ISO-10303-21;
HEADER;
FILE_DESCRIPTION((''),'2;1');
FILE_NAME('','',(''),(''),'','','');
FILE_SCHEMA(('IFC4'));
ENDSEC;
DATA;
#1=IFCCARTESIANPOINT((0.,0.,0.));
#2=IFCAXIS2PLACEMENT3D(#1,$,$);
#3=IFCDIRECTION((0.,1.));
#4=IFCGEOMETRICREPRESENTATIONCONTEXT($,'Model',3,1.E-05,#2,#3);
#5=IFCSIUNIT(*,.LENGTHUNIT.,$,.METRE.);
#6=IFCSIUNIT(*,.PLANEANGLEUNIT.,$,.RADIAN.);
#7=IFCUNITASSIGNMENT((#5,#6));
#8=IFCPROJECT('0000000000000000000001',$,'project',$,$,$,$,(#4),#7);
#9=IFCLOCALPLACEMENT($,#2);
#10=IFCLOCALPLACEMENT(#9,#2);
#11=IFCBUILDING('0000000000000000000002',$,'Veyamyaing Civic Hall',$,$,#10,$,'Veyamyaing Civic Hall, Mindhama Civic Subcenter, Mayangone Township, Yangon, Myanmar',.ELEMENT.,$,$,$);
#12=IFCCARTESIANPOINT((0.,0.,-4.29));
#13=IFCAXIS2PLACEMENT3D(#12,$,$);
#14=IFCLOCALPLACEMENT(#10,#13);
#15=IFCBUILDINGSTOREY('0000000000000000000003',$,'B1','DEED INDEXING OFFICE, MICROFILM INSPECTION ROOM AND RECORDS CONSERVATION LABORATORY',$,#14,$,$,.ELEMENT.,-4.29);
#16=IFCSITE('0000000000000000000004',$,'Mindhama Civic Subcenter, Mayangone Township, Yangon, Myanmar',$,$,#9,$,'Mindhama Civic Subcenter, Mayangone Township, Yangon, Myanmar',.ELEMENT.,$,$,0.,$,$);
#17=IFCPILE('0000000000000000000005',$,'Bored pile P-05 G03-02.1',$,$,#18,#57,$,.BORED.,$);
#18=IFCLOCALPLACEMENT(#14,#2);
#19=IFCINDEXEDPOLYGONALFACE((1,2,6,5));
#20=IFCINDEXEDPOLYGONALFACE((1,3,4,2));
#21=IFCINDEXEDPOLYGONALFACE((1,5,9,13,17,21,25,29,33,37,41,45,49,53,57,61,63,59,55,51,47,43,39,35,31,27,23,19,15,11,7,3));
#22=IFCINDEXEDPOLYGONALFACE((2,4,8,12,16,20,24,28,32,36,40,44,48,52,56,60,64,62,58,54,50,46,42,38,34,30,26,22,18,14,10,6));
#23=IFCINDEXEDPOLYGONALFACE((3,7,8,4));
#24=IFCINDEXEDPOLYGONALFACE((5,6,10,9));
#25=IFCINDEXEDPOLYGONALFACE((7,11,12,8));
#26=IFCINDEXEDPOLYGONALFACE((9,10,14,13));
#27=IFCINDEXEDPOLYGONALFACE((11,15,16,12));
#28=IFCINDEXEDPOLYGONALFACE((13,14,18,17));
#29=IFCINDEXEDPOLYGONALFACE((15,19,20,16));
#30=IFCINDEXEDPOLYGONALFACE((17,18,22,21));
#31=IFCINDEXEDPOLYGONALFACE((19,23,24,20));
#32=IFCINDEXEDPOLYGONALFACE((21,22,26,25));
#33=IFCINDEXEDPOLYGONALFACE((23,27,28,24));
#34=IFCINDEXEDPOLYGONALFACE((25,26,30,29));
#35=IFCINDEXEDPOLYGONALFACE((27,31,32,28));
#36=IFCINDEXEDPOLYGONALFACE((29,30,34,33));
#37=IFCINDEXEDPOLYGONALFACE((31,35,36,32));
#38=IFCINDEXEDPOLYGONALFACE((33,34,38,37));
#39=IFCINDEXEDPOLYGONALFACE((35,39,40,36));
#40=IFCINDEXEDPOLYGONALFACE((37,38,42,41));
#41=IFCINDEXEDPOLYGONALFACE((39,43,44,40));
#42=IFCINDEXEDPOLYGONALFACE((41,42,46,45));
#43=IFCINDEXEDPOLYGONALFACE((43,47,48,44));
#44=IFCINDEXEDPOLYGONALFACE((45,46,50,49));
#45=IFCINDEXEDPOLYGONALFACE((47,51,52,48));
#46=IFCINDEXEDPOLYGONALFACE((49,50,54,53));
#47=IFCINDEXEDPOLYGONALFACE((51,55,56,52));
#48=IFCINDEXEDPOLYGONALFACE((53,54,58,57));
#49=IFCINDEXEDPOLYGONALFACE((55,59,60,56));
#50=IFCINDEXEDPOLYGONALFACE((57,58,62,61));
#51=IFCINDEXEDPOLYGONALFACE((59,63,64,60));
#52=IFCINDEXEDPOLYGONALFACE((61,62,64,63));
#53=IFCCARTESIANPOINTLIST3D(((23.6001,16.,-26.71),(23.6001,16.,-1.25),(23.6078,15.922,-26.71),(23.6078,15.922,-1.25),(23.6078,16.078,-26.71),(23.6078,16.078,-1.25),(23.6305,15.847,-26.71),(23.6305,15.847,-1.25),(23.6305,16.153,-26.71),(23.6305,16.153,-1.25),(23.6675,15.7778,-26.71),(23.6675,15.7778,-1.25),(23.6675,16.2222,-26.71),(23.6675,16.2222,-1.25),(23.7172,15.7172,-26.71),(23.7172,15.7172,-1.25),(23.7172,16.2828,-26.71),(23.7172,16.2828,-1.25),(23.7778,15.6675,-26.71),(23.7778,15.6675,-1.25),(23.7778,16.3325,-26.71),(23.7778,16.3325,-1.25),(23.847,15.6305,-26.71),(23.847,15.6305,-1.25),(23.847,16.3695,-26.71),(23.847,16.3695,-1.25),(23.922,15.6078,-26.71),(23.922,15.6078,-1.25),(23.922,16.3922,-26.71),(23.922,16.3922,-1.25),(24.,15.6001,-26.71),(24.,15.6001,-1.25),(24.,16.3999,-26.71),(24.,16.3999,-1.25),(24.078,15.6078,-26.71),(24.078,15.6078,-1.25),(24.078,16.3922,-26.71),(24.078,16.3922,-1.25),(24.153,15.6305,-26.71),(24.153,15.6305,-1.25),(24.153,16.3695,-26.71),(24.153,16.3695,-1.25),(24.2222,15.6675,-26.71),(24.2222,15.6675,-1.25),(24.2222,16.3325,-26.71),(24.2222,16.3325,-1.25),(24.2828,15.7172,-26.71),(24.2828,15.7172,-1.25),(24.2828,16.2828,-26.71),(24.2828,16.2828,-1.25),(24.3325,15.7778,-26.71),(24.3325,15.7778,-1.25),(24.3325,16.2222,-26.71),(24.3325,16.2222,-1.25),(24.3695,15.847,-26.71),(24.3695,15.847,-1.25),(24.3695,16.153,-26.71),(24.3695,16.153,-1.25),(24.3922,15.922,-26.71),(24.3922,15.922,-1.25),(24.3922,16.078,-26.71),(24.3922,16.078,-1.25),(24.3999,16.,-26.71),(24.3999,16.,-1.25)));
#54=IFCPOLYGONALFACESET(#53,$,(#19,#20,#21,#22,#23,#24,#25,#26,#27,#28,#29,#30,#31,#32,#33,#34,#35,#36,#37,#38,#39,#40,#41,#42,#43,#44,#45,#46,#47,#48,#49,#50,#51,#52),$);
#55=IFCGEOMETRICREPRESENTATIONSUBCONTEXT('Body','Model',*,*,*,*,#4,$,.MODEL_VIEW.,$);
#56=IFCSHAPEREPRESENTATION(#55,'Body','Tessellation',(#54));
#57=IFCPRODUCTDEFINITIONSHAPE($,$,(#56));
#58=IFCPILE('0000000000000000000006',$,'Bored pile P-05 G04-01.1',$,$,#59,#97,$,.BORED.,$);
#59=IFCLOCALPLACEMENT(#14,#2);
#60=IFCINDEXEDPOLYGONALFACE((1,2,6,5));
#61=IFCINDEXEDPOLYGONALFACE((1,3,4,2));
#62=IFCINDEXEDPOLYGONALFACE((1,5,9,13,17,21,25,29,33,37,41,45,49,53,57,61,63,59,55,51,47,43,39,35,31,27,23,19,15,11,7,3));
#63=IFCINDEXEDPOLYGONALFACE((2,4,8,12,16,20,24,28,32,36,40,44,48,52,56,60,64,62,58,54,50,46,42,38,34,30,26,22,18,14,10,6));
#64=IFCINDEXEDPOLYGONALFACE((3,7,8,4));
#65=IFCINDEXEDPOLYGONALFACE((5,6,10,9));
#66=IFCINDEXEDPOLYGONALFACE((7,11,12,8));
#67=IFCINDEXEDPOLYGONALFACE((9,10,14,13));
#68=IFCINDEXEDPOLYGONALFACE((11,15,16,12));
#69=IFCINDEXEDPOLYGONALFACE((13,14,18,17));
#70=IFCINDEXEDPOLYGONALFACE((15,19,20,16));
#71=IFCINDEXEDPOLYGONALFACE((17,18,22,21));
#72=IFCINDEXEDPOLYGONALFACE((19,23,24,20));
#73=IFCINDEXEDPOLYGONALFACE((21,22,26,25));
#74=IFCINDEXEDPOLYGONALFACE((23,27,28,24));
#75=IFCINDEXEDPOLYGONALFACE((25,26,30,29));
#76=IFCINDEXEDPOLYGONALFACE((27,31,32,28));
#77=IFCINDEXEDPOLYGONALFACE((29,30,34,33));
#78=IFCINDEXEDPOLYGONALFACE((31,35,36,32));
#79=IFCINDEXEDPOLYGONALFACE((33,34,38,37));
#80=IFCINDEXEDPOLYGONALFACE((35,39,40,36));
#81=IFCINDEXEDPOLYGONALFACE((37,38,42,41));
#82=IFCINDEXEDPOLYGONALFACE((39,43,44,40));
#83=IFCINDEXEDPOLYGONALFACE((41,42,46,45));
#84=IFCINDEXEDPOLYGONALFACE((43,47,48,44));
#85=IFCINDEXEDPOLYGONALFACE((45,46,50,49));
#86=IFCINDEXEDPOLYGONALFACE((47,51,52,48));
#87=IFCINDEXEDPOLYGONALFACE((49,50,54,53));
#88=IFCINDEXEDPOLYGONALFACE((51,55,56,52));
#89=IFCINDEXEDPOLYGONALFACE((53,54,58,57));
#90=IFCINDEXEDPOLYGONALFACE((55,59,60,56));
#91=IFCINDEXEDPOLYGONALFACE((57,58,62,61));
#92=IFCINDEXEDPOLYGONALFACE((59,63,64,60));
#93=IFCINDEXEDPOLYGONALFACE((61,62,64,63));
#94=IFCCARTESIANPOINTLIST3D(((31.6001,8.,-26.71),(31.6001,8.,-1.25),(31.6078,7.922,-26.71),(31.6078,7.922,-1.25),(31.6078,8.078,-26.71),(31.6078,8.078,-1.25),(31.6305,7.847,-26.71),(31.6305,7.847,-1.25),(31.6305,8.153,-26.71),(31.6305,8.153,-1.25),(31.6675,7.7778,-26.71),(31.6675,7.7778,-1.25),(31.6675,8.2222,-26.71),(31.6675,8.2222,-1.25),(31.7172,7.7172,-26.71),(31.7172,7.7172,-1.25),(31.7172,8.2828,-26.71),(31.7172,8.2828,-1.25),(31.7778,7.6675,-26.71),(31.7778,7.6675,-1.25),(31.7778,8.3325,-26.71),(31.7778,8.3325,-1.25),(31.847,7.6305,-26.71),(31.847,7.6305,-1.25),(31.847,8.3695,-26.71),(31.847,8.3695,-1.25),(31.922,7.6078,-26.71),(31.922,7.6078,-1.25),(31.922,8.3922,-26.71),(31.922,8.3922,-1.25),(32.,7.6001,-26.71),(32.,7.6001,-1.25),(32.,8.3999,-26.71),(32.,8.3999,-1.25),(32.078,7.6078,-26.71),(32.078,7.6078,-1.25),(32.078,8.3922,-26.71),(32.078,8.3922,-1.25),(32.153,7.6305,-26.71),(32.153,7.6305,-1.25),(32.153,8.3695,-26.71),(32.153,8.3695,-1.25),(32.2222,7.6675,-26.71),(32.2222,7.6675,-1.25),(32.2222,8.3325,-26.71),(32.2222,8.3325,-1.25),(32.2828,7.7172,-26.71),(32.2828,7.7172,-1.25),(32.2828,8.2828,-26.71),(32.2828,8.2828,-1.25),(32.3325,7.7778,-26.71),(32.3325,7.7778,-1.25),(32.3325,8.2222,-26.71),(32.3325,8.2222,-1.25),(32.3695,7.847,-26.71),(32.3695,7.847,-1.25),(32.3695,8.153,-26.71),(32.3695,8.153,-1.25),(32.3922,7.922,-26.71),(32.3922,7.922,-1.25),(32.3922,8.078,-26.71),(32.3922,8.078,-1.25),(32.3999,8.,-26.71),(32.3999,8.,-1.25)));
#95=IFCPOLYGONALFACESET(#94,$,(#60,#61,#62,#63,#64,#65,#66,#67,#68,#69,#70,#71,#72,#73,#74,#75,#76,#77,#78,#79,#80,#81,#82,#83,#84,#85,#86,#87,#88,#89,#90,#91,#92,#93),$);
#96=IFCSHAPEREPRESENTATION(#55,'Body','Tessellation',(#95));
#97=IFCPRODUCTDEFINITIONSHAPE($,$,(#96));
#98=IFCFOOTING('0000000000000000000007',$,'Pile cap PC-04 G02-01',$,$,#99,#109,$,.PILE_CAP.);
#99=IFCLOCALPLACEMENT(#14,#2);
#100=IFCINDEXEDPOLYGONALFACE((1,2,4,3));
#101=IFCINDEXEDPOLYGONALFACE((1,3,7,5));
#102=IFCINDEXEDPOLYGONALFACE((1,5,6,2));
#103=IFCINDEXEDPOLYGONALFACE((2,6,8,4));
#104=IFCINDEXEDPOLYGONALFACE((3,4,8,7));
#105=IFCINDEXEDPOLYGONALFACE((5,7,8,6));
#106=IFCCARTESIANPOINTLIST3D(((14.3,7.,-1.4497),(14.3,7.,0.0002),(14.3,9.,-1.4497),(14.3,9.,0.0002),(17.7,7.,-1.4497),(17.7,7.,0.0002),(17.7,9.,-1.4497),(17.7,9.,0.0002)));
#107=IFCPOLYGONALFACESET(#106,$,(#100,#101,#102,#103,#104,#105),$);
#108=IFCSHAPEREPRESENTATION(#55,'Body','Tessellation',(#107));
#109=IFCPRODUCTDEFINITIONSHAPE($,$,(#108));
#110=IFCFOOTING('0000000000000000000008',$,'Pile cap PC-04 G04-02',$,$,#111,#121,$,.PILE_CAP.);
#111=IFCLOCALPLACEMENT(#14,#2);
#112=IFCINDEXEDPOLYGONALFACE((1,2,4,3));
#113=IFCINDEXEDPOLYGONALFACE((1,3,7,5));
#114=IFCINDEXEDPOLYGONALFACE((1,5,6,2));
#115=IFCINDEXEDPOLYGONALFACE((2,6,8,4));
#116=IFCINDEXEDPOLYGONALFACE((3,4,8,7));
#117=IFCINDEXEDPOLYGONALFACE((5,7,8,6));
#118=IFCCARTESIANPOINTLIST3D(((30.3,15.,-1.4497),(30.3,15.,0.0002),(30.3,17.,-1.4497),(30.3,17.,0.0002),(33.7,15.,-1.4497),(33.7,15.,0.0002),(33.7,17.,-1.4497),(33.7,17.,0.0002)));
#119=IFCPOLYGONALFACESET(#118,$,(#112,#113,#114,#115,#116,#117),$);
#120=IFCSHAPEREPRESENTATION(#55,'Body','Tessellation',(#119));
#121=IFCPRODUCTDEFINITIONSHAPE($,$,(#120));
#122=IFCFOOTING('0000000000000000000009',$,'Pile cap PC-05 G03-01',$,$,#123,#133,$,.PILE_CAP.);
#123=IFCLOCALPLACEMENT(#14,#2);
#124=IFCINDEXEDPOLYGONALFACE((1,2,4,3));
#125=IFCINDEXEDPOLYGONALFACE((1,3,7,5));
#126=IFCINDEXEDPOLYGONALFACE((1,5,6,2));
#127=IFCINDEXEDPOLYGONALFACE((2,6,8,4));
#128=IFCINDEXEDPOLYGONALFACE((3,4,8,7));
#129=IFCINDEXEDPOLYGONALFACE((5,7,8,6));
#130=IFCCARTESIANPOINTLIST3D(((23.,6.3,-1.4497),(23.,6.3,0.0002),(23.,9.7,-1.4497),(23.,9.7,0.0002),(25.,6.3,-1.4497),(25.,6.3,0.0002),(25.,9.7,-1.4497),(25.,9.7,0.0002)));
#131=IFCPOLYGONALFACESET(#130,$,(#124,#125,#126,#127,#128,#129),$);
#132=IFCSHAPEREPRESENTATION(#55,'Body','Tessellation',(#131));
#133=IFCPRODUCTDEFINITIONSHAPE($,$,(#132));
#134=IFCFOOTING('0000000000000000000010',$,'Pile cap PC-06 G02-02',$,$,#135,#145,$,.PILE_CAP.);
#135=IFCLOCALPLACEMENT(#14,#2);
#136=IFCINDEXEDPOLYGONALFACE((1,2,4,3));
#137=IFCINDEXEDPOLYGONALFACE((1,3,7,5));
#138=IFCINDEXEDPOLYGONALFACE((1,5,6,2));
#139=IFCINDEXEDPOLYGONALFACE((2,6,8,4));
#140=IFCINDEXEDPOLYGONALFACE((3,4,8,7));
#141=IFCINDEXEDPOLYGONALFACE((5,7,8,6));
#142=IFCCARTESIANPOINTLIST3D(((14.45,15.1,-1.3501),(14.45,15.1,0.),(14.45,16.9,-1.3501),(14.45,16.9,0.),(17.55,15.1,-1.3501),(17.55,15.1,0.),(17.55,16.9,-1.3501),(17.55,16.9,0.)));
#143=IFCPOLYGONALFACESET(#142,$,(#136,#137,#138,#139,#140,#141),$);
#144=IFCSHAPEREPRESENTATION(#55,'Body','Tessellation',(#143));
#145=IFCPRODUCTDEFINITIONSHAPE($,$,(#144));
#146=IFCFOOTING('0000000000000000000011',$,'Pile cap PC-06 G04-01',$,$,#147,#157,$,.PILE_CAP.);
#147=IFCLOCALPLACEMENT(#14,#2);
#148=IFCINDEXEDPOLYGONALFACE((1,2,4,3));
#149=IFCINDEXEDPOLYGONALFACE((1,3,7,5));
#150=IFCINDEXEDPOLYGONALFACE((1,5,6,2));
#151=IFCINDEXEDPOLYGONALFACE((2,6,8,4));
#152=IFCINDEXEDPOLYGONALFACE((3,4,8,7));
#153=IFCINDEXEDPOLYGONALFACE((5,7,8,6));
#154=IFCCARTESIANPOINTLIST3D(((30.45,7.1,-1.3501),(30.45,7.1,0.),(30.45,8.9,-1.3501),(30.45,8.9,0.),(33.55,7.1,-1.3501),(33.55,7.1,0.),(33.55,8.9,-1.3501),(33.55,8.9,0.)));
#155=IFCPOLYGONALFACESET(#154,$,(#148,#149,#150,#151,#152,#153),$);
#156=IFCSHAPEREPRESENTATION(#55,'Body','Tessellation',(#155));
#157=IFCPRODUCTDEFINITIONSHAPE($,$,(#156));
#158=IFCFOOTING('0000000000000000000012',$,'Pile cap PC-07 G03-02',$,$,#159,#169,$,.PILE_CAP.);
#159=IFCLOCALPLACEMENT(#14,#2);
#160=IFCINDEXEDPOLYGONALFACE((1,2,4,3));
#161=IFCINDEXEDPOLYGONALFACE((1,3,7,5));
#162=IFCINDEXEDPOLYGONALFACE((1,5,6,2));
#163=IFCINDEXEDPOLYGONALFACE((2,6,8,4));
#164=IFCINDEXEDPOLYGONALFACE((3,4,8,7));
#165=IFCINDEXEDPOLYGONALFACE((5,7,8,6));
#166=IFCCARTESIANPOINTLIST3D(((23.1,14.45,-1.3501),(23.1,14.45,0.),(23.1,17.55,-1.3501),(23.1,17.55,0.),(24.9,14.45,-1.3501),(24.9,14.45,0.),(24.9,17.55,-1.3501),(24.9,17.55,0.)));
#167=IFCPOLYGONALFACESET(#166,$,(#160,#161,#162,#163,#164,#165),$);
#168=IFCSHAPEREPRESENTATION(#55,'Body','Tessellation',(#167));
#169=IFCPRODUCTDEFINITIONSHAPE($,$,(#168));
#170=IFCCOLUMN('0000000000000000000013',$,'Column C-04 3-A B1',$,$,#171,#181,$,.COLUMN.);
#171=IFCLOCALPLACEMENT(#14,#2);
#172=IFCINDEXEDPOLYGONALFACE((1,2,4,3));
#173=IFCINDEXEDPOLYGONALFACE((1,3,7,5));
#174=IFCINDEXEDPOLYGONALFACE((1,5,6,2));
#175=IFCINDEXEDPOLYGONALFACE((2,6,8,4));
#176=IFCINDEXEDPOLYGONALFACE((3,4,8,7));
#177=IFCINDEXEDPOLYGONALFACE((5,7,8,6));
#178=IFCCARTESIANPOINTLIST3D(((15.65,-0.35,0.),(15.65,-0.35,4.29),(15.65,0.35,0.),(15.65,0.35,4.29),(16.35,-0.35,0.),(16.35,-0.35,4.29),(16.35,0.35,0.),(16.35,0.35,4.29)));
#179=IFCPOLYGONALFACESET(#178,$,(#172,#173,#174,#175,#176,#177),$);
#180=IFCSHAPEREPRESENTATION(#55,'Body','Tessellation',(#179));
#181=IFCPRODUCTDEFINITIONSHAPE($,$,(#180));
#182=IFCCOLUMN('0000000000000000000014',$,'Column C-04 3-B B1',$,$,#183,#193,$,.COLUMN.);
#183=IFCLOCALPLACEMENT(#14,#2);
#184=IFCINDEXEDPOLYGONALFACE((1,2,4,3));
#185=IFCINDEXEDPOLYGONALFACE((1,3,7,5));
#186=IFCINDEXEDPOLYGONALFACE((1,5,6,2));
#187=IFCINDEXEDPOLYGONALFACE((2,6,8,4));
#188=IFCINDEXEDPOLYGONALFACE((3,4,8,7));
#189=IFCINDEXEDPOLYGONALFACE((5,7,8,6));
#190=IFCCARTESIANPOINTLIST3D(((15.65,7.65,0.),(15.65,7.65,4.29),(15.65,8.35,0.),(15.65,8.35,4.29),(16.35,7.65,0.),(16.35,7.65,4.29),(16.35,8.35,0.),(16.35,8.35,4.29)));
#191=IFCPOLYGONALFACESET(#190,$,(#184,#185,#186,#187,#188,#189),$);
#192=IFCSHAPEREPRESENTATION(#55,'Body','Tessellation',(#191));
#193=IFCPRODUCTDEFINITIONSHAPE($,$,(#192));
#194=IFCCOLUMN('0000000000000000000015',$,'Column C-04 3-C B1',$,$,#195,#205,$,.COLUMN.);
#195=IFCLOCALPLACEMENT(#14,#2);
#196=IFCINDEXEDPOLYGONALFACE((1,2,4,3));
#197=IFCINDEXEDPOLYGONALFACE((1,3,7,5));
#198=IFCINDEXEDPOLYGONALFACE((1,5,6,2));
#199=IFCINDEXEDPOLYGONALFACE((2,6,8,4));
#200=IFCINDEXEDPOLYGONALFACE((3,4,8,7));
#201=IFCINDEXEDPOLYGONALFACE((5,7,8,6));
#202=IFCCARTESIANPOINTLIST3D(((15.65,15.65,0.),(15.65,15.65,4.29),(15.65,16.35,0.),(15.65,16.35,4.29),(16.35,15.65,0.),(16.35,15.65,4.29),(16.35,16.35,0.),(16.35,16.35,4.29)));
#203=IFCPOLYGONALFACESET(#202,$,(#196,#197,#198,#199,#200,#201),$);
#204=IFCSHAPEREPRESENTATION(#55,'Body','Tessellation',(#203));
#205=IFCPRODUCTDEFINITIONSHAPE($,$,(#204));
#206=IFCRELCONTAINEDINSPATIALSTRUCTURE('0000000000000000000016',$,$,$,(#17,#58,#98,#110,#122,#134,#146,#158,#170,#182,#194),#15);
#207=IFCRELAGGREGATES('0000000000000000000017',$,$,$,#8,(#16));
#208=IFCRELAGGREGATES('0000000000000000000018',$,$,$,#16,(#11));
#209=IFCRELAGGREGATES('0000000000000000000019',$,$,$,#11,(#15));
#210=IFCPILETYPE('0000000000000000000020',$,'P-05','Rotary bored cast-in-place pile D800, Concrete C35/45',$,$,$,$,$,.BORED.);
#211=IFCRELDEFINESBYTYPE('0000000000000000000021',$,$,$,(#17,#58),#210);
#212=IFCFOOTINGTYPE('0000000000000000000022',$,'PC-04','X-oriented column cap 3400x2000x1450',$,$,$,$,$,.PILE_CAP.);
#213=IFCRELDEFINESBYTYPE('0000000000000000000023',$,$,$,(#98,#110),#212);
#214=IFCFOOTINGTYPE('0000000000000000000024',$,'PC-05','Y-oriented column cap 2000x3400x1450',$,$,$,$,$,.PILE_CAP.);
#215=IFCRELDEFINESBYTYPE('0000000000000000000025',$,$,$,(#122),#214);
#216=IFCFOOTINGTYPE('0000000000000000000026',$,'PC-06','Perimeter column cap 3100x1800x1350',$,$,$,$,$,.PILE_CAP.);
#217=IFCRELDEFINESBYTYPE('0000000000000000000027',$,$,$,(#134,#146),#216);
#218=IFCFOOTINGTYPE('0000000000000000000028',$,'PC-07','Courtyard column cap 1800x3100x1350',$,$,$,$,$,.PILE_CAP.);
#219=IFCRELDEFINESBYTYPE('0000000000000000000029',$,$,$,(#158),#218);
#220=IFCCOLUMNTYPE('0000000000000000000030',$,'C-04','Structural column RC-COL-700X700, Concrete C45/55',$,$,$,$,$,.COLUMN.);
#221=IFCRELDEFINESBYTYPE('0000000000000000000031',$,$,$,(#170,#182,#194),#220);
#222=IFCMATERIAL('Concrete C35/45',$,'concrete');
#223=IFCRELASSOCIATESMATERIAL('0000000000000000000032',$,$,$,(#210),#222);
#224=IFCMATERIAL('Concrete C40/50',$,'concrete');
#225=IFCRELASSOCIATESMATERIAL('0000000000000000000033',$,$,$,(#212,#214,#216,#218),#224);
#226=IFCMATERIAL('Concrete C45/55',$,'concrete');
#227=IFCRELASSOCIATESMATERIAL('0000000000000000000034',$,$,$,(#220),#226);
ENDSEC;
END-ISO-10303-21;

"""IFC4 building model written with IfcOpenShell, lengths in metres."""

from ifc_helpers import new_model, si_unit, direction, frame, origin, origin_2d, place, context, subcontext, project, spatial, rectangle, circle, extrude, material, material_profile, profile_set, type_object, element, save


model = new_model("IFC4")

# Units and contexts
model_context = context("Model", 3, precision=1e-05, world=origin(), true_north=direction((0.0, 1.0)))
body_context = subcontext(model_context, "Body", "Model", "MODEL_VIEW")
ifc_project = project(units=[si_unit("LENGTHUNIT", "METRE"), si_unit("PLANEANGLEUNIT", "RADIAN")], contexts=[model_context])

# Site, building, storey
site_placement = place(None, origin())
site = spatial("IfcSite", under=ifc_project, at=site_placement, Name="Mindhama Civic Subcenter, Mayangone Township, Yangon, Myanmar", LongName="Mindhama Civic Subcenter, Mayangone Township, Yangon, Myanmar", CompositionType="ELEMENT", RefElevation=0.0)
building_placement = place(site_placement, origin())
building = spatial("IfcBuilding", under=site, at=building_placement, Name="Veyamyaing Civic Hall", LongName="Veyamyaing Civic Hall, Mindhama Civic Subcenter, Mayangone Township, Yangon, Myanmar", CompositionType="ELEMENT")
storey_placement = place(building_placement, frame((0.0, 0.0, -4.29)))
storey = spatial("IfcBuildingStorey", under=building, at=storey_placement, Name="B1", Description="DEED INDEXING OFFICE, MICROFILM INSPECTION ROOM AND RECORDS CONSERVATION LABORATORY", CompositionType="ELEMENT", Elevation=-4.29)

# Shared definitions
ifc_material_1 = material(Name="Concrete C40/50", Category="concrete")

# Piles
ifc_material_2 = material(Name="Concrete C35/45", Category="concrete")
ifc_material_profile_1 = material_profile(ifc_material_2, circle(Radius=0.3999, at=origin_2d()), Name="PILE-D800")
ifc_profile_set_1 = profile_set([ifc_material_profile_1], Name="Concrete C35/45")
pile_type_1 = type_object("IfcPileType", Name="P-05", Description="Rotary bored cast-in-place pile D800, Concrete C35/45", PredefinedType="BORED", material=ifc_profile_set_1)
for number, where, z_axis, x_axis, name in (
    (1, (24.0, 16.0, -1.25), (0.0, 0.0, -1.0), (1.0, 0.0, 0.0), "Bored pile P-05 G03-02.1"),
    (2, (32.0, 8.0, -1.25), (0.0, 0.0, -1.0), (1.0, 0.0, 0.0), "Bored pile P-05 G04-01.1"),
):
    element("IfcPile", number, at=place(storey_placement, frame(where, z_axis=z_axis, x_axis=x_axis)), inside=storey, type_object=pile_type_1, Name=name, PredefinedType="BORED", context=body_context, shape_type="SweptSolid", body=[
        extrude(circle(Radius=0.3999, at=origin_2d()), origin(), (0.0, 0.0, 1.0), 25.46),
    ])

# Footings
footing_type_1 = type_object("IfcFootingType", Name="PC-04", Description="X-oriented column cap 3400x2000x1450", PredefinedType="PILE_CAP", material=ifc_material_1)
for number, where, z_axis, x_axis, name in (
    (3, (16.0, 8.0, -1.4497), (0.0, 0.0, 1.0), (1.0, 0.0, 0.0), "Pile cap PC-04 G02-01"),
    (4, (32.0, 16.0, -1.4497), (0.0, 0.0, 1.0), (1.0, 0.0, 0.0), "Pile cap PC-04 G04-02"),
):
    element("IfcFooting", number, at=place(storey_placement, frame(where, z_axis=z_axis, x_axis=x_axis)), inside=storey, type_object=footing_type_1, Name=name, PredefinedType="PILE_CAP", context=body_context, shape_type="SweptSolid", body=[
        extrude(rectangle(XDim=3.3999, YDim=2.0, at=origin_2d()), origin(), (0.0, 0.0, 1.0), 1.45),
    ])
footing_type_2 = type_object("IfcFootingType", Name="PC-05", Description="Y-oriented column cap 2000x3400x1450", PredefinedType="PILE_CAP", material=ifc_material_1)
footing_1_placement = place(storey_placement, frame((24.0, 8.0, -1.4497), z_axis=(0.0, 0.0, 1.0), x_axis=(1.0, 0.0, 0.0)))
element("IfcFooting", 5, at=footing_1_placement, inside=storey, type_object=footing_type_2, Name="Pile cap PC-05 G03-01", PredefinedType="PILE_CAP", context=body_context, shape_type="SweptSolid", body=[
    extrude(rectangle(XDim=2.0, YDim=3.3999, at=origin_2d()), origin(), (0.0, 0.0, 1.0), 1.45),
])
footing_type_3 = type_object("IfcFootingType", Name="PC-06", Description="Perimeter column cap 3100x1800x1350", PredefinedType="PILE_CAP", material=ifc_material_1)
for number, where, z_axis, x_axis, name in (
    (6, (16.0, 16.0, -1.3501), (0.0, 0.0, 1.0), (1.0, 0.0, 0.0), "Pile cap PC-06 G02-02"),
    (7, (32.0, 8.0, -1.3501), (0.0, 0.0, 1.0), (1.0, 0.0, 0.0), "Pile cap PC-06 G04-01"),
):
    element("IfcFooting", number, at=place(storey_placement, frame(where, z_axis=z_axis, x_axis=x_axis)), inside=storey, type_object=footing_type_3, Name=name, PredefinedType="PILE_CAP", context=body_context, shape_type="SweptSolid", body=[
        extrude(rectangle(XDim=3.1001, YDim=1.8, at=origin_2d()), origin(), (0.0, 0.0, 1.0), 1.3501),
    ])
footing_type_4 = type_object("IfcFootingType", Name="PC-07", Description="Courtyard column cap 1800x3100x1350", PredefinedType="PILE_CAP", material=ifc_material_1)
footing_2_placement = place(storey_placement, frame((24.0, 16.0, -1.3501), z_axis=(0.0, 0.0, 1.0), x_axis=(1.0, 0.0, 0.0)))
element("IfcFooting", 8, at=footing_2_placement, inside=storey, type_object=footing_type_4, Name="Pile cap PC-07 G03-02", PredefinedType="PILE_CAP", context=body_context, shape_type="SweptSolid", body=[
    extrude(rectangle(XDim=1.8, YDim=3.1001, at=origin_2d()), origin(), (0.0, 0.0, 1.0), 1.3501),
])

# Columns
ifc_material_3 = material(Name="Concrete C45/55", Category="concrete")
ifc_material_profile_2 = material_profile(ifc_material_3, rectangle(XDim=0.7, YDim=0.7, at=origin_2d()), Name="RC-COL-700X700")
ifc_profile_set_2 = profile_set([ifc_material_profile_2], Name="Concrete C45/55")
column_type = type_object("IfcColumnType", Name="C-04", Description="Structural column RC-COL-700X700, Concrete C45/55", PredefinedType="COLUMN", material=ifc_profile_set_2)
for number, where, z_axis, x_axis, name in (
    (9, (16.0, 0.0, 0.0), (0.0, 0.0, 1.0), (1.0, 0.0, 0.0), "Column C-04 3-A B1"),
    (10, (16.0, 8.0, 0.0), (0.0, 0.0, 1.0), (1.0, 0.0, 0.0), "Column C-04 3-B B1"),
    (11, (16.0, 16.0, 0.0), (0.0, 0.0, 1.0), (1.0, 0.0, 0.0), "Column C-04 3-C B1"),
):
    element("IfcColumn", number, at=place(storey_placement, frame(where, z_axis=z_axis, x_axis=x_axis)), inside=storey, type_object=column_type, Name=name, PredefinedType="COLUMN", context=body_context, shape_type="SweptSolid", body=[
        extrude(rectangle(XDim=0.7, YDim=0.7, at=origin_2d()), origin(), (0.0, 0.0, 1.0), 4.29),
    ])

save(model, "model.ifc")
